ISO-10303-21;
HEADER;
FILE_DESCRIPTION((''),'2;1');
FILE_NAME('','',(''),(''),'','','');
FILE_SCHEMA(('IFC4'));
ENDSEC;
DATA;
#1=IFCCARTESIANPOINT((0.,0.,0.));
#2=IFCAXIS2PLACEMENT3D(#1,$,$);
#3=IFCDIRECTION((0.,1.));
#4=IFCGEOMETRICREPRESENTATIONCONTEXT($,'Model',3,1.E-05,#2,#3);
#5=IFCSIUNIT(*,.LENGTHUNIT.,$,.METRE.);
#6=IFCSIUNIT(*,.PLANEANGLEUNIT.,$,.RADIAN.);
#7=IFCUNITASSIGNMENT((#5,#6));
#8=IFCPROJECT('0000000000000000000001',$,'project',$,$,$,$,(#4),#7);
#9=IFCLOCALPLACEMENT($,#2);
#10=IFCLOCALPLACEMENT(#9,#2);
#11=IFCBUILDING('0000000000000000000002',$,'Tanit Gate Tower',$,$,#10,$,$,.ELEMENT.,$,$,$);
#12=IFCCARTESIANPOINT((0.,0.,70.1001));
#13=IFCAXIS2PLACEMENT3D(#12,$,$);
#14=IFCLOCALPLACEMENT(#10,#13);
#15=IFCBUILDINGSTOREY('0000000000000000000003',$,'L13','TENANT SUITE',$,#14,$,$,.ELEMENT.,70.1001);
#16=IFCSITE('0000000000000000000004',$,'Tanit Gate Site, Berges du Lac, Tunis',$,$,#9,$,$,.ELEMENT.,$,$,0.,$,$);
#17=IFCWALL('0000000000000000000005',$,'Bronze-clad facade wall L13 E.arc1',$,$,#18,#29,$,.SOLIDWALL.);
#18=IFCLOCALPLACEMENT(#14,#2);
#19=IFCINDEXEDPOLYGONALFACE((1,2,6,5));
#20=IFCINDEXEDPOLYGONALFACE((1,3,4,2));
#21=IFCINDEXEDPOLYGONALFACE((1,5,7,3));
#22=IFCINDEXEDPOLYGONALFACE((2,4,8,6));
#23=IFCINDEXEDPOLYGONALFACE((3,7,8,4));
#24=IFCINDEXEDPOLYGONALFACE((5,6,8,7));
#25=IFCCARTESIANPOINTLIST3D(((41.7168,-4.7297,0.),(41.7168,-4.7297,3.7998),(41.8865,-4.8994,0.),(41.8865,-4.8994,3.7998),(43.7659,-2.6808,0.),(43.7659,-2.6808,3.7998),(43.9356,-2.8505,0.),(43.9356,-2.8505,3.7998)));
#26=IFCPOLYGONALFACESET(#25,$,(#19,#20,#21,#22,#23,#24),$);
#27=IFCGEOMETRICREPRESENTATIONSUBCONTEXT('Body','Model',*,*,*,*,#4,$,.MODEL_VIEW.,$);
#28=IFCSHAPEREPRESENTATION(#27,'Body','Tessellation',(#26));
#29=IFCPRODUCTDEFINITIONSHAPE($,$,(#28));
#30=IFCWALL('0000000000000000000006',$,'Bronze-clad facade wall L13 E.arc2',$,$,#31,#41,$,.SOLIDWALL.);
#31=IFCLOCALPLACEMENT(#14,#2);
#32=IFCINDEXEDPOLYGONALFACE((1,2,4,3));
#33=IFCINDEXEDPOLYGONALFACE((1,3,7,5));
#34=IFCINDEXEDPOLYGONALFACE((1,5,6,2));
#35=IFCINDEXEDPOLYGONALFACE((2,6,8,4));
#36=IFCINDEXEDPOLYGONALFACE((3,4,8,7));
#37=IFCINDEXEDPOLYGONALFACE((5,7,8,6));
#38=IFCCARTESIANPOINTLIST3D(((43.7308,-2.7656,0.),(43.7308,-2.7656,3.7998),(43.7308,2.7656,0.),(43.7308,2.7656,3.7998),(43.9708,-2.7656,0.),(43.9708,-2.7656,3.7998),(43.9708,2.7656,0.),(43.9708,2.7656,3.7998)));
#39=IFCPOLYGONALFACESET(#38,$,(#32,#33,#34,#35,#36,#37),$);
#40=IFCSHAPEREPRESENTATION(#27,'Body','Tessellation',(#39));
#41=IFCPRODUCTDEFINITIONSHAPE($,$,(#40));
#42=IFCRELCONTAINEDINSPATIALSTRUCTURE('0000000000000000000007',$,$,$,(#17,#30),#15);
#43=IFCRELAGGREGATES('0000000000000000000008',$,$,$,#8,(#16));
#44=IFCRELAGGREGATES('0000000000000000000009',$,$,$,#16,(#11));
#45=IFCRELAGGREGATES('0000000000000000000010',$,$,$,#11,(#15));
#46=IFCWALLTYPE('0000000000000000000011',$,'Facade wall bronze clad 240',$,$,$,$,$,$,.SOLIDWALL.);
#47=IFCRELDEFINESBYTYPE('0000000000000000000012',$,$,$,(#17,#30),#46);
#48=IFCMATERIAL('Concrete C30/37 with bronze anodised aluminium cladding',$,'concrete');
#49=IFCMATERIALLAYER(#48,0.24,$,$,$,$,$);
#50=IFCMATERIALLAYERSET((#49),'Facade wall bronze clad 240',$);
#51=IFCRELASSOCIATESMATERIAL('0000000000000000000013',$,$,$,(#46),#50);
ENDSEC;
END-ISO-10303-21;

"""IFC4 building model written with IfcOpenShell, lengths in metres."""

from ifc_helpers import new_model, si_unit, direction, frame, frame_2d, origin, place, context, subcontext, project, spatial, rectangle, extrude, material, layer, layer_set, type_object, element, save


model = new_model("IFC4")

# Units and contexts
model_context = context("Model", 3, precision=1e-05, world=origin(), true_north=direction((0.0, 1.0)))
body_context = subcontext(model_context, "Body", "Model", "MODEL_VIEW")
ifc_project = project(units=[si_unit("LENGTHUNIT", "METRE"), si_unit("PLANEANGLEUNIT", "RADIAN")], contexts=[model_context])

# Site, building, storey
site_placement = place(None, origin())
site = spatial("IfcSite", under=ifc_project, at=site_placement, Name="Tanit Gate Site, Berges du Lac, Tunis", CompositionType="ELEMENT", RefElevation=0.0)
building_placement = place(site_placement, origin())
building = spatial("IfcBuilding", under=site, at=building_placement, Name="Tanit Gate Tower", CompositionType="ELEMENT")
storey_placement = place(building_placement, frame((0.0, 0.0, 70.1001)))
storey = spatial("IfcBuildingStorey", under=building, at=storey_placement, Name="L13", Description="TENANT SUITE", CompositionType="ELEMENT", Elevation=70.1001)

# Walls
ifc_material_1 = material(Name="Concrete C30/37 with bronze anodised aluminium cladding", Category="concrete")
ifc_layer_1 = layer(ifc_material_1, 0.24)
ifc_layer_set_1 = layer_set([ifc_layer_1], Name="Facade wall bronze clad 240")
wall_type = type_object("IfcWallType", Name="Facade wall bronze clad 240", PredefinedType="SOLIDWALL", material=ifc_layer_set_1)
wall_1_placement = place(storey_placement, frame((41.8018, -4.8145, 0.0), z_axis=(0.0, 0.0, 1.0), x_axis=(0.707149, 0.707065, 0.0)))
element("IfcWall", 1, at=wall_1_placement, inside=storey, type_object=wall_type, Name="Bronze-clad facade wall L13 E.arc1", PredefinedType="SOLIDWALL", context=body_context, shape_type="SweptSolid", body=[
    extrude(rectangle(XDim=2.8977, YDim=0.24, at=frame_2d((1.4487, 0.0))), origin(), (0.0, 0.0, 1.0), 3.7998),
])
wall_2_placement = place(storey_placement, frame((43.8508, -2.7656, 0.0), z_axis=(0.0, 0.0, 1.0), x_axis=(0.0, 1.0, 0.0)))
element("IfcWall", 2, at=wall_2_placement, inside=storey, type_object=wall_type, Name="Bronze-clad facade wall L13 E.arc2", PredefinedType="SOLIDWALL", context=body_context, shape_type="SweptSolid", body=[
    extrude(rectangle(XDim=5.5312, YDim=0.24, at=frame_2d((2.7656, 0.0))), origin(), (0.0, 0.0, 1.0), 3.7998),
])

save(model, "model.ifc")
